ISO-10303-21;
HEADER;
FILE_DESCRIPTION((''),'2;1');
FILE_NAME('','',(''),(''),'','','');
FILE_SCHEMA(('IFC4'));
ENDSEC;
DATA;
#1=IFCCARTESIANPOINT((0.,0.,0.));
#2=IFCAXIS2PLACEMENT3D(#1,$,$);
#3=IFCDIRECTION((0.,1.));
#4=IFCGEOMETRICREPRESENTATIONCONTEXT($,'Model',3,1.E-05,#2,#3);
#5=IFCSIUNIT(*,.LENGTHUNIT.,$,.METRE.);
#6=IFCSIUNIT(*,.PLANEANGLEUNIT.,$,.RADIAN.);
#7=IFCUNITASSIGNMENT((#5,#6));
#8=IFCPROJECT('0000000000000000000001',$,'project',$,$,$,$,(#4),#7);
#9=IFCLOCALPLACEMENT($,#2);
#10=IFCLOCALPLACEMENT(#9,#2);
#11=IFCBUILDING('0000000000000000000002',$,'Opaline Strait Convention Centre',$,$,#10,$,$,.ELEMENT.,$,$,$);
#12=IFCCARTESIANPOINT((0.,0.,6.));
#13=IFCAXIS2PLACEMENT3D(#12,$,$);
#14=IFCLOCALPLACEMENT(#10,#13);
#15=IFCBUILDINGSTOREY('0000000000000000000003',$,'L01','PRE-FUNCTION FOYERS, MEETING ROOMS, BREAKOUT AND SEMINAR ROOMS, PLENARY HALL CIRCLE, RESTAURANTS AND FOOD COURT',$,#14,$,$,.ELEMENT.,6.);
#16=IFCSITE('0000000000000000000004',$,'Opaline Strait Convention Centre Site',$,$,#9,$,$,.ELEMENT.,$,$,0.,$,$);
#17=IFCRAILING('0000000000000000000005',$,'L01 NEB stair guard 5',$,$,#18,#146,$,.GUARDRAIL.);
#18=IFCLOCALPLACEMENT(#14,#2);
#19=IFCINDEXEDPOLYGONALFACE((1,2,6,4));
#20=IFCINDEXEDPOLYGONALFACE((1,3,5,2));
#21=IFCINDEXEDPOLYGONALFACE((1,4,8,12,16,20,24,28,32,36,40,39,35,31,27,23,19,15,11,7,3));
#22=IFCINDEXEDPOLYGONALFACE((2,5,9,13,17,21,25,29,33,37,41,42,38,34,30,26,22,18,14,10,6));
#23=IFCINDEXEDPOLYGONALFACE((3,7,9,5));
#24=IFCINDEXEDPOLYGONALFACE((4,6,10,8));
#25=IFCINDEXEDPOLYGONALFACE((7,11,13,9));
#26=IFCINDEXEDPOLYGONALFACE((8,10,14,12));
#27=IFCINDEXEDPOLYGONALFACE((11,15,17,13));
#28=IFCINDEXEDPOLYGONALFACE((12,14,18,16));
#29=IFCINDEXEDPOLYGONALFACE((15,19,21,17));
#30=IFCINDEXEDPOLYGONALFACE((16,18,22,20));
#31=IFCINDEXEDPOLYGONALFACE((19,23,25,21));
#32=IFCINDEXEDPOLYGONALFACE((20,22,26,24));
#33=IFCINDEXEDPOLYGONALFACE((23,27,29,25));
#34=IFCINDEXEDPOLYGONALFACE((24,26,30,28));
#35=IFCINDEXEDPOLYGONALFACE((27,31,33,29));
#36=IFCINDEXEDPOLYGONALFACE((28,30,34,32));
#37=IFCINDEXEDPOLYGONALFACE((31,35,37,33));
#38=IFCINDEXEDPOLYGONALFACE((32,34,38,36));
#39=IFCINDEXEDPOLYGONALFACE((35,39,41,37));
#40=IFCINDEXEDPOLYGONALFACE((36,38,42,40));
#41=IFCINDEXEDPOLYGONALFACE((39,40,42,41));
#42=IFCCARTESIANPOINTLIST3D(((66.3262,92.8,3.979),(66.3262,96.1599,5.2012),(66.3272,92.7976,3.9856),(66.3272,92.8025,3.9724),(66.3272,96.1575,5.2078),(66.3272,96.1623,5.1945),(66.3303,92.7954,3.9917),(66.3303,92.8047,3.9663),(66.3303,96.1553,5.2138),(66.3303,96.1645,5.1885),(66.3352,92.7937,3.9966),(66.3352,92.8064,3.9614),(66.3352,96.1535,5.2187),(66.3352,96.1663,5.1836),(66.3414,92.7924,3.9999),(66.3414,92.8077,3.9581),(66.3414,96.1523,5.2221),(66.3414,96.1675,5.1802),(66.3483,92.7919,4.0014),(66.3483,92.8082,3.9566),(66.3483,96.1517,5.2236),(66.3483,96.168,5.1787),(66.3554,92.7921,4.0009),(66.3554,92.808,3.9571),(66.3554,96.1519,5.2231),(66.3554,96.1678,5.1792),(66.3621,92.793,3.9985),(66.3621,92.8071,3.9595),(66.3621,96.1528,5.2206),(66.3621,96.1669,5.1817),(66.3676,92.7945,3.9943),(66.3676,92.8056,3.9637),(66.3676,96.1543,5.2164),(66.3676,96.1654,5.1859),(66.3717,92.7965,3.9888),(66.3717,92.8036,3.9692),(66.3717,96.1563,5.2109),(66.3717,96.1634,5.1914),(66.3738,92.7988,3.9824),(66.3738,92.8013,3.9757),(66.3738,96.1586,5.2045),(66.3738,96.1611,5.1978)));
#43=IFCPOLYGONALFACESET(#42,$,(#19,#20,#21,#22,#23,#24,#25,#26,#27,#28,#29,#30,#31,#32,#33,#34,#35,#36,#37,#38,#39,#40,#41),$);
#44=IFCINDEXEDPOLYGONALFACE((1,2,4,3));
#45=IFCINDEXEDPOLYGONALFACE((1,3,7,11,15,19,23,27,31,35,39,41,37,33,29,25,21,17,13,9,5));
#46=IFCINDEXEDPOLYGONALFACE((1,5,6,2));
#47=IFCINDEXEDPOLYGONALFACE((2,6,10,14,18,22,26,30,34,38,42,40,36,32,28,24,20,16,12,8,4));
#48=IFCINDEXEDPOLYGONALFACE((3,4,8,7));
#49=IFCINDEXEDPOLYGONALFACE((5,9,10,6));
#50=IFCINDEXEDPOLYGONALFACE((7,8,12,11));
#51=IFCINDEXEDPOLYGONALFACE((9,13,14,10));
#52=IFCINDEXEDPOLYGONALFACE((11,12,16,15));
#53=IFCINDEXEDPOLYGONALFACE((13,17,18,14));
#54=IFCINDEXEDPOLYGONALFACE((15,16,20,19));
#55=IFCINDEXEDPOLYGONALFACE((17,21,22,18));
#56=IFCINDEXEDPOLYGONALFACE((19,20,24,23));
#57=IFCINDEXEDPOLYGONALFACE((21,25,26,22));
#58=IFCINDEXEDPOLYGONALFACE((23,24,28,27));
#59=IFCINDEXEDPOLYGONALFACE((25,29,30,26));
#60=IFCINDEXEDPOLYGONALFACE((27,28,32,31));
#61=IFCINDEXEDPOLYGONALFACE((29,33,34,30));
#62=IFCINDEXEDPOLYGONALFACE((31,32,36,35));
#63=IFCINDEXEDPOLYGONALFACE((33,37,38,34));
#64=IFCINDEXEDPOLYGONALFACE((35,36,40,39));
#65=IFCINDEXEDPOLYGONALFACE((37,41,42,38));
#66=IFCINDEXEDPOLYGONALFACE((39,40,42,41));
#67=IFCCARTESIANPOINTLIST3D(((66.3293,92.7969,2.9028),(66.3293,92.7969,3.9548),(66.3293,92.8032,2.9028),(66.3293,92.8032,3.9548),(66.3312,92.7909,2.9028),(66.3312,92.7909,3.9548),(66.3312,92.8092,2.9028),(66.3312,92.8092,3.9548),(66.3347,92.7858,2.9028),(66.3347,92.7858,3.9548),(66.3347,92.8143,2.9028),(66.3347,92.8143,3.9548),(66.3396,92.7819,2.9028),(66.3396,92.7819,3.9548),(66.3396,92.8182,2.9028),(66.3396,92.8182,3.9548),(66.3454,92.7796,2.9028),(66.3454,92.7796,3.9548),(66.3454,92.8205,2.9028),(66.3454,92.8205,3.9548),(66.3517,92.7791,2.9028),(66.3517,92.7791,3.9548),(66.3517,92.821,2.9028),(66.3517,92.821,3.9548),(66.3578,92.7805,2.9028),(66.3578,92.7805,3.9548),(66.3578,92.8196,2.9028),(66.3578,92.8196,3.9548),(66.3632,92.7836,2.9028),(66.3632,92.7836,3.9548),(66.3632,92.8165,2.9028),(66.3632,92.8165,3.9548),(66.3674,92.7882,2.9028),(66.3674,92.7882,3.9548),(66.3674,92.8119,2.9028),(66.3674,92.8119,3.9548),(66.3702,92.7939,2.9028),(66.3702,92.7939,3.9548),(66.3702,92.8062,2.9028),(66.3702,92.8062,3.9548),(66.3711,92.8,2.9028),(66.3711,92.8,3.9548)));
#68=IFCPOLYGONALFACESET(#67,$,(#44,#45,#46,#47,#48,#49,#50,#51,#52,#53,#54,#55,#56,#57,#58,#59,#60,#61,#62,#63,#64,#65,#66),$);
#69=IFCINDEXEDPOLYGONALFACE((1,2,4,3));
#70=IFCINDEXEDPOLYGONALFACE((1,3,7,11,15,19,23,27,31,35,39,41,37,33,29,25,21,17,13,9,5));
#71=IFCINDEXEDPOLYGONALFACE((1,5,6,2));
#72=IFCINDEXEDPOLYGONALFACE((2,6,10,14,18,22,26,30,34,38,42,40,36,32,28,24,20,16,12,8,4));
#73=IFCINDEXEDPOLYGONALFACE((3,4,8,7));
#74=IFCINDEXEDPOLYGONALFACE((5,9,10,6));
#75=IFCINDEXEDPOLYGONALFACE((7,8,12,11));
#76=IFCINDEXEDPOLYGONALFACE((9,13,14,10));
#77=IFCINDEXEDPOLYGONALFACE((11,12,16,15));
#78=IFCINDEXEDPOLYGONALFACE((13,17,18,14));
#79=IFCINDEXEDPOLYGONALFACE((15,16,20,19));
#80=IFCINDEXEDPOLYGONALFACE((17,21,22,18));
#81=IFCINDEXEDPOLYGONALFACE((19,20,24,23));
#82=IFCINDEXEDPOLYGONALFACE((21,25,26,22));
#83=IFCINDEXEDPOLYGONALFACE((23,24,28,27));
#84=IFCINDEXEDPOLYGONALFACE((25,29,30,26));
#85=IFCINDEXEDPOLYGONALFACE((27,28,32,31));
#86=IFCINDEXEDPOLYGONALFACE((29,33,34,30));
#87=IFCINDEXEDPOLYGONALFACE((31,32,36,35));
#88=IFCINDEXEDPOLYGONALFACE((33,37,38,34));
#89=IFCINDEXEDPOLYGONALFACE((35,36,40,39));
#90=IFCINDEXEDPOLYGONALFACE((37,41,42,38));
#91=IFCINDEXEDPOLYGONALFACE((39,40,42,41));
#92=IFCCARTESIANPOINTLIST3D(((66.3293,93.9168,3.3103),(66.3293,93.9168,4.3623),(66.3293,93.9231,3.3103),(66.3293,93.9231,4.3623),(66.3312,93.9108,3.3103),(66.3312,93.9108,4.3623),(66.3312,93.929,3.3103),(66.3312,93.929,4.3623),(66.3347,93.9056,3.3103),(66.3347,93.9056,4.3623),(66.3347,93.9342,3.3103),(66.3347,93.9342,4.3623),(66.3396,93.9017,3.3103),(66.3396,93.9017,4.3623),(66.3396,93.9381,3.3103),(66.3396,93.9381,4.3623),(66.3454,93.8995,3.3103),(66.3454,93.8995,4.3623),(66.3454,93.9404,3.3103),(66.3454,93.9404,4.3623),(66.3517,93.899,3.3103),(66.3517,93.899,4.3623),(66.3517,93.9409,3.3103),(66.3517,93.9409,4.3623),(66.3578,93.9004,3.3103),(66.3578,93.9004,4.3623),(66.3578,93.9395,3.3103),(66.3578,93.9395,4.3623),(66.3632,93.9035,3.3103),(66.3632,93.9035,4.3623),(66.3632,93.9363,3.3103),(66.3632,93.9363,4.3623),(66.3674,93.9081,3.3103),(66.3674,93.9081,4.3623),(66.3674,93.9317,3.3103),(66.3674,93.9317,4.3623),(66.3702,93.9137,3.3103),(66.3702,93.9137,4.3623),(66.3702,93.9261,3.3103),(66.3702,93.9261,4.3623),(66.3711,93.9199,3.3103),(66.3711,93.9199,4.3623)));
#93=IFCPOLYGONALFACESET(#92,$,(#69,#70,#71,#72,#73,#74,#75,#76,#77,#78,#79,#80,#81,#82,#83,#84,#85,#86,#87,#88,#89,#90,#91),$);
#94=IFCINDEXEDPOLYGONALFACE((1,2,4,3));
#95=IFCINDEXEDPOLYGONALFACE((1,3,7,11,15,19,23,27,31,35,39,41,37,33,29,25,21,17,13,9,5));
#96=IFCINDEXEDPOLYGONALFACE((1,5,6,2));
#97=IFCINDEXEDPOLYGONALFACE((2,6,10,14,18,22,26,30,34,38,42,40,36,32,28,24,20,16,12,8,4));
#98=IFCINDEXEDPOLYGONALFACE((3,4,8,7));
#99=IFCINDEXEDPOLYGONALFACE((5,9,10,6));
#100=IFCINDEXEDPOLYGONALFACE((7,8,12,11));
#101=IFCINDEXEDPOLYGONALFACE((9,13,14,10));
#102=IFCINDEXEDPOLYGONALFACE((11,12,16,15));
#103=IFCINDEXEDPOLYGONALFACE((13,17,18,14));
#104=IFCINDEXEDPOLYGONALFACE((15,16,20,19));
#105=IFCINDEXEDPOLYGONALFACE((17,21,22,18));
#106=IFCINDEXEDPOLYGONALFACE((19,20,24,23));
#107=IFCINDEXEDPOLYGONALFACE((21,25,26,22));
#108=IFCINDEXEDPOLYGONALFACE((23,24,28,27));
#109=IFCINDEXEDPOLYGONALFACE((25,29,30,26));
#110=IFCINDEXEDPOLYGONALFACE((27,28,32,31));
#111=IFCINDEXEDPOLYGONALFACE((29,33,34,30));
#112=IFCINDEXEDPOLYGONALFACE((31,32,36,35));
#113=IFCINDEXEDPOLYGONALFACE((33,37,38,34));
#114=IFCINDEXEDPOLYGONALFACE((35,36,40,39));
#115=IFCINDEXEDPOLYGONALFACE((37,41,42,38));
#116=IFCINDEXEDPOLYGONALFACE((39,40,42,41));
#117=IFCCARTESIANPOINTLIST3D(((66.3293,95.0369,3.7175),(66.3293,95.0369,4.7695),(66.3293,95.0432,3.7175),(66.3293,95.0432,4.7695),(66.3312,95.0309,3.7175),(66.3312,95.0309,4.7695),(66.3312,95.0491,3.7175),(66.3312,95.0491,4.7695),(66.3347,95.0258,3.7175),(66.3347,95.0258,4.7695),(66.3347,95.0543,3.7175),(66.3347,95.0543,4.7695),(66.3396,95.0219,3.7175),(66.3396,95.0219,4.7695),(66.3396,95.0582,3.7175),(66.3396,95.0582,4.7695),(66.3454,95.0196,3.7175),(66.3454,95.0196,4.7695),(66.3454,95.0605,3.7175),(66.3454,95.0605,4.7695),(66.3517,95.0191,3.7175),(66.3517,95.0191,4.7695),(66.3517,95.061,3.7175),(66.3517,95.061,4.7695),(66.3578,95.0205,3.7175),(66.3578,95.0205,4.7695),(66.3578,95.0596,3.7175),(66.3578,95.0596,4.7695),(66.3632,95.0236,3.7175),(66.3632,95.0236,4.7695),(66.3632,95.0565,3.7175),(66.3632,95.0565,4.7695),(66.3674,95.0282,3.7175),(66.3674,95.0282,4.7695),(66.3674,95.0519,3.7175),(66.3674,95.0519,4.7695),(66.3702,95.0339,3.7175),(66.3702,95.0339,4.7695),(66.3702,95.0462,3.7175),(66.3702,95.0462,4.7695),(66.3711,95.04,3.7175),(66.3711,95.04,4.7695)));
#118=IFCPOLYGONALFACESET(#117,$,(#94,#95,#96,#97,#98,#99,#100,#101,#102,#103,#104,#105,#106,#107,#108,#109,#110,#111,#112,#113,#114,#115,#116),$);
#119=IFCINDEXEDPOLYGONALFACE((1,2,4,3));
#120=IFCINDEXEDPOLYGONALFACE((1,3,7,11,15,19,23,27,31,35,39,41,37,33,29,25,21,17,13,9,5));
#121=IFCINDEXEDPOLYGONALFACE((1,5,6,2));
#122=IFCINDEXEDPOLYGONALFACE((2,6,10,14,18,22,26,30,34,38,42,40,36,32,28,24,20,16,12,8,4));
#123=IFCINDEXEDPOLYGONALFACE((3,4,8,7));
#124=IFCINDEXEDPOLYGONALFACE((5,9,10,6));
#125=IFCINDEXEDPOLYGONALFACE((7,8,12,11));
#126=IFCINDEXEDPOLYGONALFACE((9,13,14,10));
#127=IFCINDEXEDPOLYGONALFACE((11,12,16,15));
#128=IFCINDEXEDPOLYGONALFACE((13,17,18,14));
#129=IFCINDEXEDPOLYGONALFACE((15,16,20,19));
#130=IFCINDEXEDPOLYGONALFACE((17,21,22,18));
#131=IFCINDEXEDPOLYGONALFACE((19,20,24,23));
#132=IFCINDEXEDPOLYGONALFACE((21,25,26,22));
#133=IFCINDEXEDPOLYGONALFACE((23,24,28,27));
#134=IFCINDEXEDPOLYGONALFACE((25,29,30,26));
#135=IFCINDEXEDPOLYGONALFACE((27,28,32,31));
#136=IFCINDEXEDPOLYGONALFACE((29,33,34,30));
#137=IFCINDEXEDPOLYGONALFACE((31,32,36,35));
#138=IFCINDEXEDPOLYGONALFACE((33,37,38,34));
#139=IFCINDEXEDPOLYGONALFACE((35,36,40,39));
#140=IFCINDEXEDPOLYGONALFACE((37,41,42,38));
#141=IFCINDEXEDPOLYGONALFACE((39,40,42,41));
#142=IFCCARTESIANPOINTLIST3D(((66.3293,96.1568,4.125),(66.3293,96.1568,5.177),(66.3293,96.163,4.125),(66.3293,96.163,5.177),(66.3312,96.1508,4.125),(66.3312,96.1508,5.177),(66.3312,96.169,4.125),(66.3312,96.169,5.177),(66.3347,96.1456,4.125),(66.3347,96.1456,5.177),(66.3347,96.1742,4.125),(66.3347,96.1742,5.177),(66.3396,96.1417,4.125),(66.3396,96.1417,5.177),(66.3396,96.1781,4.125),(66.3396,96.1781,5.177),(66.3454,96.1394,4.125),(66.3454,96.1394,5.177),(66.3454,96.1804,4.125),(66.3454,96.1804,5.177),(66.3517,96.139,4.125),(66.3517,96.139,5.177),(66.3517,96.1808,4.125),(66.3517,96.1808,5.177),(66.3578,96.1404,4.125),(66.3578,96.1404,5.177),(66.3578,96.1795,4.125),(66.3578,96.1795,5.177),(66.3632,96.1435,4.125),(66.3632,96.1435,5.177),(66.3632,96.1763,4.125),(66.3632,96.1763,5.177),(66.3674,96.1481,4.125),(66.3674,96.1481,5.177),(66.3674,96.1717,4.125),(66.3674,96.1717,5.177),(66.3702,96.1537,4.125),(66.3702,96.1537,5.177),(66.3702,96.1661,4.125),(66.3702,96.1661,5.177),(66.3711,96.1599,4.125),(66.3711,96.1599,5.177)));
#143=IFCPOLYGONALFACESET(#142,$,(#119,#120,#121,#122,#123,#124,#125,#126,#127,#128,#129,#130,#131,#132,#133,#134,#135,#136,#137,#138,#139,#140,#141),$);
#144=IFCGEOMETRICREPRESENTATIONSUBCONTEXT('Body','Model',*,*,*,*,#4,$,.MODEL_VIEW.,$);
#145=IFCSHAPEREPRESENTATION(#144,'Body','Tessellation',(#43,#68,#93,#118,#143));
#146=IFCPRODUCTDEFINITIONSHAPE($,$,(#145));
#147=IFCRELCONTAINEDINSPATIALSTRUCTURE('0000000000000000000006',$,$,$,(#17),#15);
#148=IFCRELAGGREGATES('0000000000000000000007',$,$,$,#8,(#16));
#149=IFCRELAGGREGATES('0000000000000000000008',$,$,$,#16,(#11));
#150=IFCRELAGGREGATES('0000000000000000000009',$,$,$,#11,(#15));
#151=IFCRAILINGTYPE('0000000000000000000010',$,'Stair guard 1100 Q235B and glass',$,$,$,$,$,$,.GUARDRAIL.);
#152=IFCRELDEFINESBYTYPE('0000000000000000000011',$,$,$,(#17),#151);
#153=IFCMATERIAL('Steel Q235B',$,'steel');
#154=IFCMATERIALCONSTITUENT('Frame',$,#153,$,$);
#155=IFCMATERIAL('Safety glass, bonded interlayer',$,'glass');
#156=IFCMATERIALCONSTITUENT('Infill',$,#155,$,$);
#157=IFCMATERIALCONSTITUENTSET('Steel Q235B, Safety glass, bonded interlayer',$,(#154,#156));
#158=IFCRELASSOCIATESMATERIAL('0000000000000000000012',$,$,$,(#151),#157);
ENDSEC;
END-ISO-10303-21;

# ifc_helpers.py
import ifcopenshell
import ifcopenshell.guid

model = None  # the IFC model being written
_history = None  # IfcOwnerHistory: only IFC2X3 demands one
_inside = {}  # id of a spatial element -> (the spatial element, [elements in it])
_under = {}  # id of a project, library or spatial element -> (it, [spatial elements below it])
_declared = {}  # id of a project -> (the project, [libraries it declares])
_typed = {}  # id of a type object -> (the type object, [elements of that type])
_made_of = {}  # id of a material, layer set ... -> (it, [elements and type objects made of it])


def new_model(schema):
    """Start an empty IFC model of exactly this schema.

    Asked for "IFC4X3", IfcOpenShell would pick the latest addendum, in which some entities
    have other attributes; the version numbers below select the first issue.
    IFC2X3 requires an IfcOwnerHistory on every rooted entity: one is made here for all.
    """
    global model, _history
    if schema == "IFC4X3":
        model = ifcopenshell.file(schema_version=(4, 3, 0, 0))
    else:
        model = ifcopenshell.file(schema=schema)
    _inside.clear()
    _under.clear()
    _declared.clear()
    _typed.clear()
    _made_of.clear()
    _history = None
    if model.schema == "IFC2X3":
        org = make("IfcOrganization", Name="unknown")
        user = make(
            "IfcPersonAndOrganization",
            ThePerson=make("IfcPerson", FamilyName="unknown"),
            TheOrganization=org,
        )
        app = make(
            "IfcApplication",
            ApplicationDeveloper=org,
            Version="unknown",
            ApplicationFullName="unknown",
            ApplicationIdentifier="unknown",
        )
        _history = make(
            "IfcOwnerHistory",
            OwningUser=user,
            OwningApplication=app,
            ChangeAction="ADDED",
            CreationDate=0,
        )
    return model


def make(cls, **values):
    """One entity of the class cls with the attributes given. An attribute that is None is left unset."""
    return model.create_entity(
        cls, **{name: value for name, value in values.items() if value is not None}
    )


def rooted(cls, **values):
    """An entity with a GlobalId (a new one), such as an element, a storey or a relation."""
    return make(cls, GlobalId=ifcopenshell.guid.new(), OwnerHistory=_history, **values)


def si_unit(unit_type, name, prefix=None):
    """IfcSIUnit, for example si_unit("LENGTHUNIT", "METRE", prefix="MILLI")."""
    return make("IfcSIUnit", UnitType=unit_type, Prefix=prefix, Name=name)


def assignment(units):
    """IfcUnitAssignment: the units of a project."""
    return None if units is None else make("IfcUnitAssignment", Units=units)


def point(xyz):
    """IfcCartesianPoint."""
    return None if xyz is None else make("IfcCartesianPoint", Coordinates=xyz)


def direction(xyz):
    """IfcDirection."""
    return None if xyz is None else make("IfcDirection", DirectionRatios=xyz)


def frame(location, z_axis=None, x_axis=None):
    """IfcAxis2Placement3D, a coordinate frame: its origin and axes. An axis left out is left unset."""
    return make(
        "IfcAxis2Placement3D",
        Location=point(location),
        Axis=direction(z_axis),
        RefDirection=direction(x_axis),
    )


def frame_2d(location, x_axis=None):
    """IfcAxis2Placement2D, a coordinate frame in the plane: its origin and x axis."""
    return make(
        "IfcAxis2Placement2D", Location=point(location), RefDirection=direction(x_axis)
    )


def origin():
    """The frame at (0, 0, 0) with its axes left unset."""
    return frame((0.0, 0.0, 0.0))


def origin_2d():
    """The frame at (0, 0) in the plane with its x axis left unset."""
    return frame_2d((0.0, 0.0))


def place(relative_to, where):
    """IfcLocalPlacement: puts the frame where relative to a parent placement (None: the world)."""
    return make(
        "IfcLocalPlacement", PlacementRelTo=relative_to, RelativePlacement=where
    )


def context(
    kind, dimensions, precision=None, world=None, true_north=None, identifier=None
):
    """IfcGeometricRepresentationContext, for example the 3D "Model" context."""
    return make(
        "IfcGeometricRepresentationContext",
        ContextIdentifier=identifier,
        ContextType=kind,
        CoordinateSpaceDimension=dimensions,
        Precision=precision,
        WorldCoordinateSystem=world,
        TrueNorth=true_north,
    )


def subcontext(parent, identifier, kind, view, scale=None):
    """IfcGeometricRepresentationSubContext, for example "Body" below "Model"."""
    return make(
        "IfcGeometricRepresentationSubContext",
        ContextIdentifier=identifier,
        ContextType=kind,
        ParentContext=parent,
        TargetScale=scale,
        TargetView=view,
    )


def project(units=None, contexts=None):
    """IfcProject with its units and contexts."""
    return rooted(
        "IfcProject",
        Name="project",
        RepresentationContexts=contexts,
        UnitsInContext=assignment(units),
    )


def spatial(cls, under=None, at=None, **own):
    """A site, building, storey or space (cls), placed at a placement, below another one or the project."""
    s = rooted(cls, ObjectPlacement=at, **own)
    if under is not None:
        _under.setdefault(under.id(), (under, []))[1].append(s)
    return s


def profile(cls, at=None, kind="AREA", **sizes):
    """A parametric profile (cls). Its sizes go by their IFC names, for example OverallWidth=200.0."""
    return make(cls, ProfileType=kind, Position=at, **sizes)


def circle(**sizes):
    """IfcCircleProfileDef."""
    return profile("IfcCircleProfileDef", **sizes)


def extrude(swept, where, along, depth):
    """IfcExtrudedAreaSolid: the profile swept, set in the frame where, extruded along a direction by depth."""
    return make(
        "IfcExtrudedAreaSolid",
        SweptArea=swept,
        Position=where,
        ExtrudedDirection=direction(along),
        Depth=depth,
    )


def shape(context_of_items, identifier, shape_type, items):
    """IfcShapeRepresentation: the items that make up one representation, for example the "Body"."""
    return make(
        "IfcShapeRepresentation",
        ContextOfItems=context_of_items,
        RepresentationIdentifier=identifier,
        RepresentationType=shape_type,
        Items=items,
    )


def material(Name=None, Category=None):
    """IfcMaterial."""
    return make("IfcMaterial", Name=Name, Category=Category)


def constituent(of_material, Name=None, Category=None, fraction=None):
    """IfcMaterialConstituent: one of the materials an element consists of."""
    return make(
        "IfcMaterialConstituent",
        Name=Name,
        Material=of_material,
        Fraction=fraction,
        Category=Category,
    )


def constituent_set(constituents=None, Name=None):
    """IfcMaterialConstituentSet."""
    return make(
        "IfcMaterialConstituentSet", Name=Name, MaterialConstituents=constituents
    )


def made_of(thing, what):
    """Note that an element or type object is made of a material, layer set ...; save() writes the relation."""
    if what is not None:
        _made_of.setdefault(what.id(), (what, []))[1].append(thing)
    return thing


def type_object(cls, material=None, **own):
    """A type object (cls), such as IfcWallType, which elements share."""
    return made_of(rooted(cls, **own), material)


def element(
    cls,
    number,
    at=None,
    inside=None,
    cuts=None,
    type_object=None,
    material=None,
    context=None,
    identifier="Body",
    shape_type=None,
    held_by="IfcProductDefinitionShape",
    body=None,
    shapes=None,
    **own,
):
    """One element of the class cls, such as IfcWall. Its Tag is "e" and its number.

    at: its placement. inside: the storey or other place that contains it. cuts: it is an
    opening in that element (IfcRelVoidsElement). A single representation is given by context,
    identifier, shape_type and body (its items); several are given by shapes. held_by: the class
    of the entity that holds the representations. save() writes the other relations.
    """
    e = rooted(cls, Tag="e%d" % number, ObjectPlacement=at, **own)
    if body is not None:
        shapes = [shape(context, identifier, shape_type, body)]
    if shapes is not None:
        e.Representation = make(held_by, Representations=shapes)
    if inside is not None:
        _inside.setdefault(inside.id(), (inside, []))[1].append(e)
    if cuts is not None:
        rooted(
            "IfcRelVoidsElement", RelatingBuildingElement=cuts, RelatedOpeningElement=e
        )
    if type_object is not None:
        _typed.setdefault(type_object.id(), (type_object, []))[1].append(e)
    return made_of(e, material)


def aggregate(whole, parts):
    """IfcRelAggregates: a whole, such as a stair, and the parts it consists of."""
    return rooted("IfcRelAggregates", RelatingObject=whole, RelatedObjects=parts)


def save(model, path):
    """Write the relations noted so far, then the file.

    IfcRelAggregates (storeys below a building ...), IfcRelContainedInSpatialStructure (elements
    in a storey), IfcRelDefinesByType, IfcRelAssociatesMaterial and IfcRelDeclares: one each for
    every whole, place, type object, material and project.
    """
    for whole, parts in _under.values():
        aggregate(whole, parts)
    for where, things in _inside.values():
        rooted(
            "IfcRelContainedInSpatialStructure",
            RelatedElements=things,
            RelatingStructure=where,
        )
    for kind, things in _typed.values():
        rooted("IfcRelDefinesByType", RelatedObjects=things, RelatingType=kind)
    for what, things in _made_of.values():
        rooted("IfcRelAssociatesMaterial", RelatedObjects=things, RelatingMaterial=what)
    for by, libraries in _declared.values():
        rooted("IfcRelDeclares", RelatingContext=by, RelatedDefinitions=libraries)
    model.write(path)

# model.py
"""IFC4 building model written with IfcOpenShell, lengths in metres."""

from ifc_helpers import new_model, si_unit, direction, frame, origin, origin_2d, place, context, subcontext, project, spatial, circle, extrude, material, constituent, constituent_set, type_object, element, save


model = new_model("IFC4")

# Units and contexts
model_context = context("Model", 3, precision=1e-05, world=origin(), true_north=direction((0.0, 1.0)))
body_context = subcontext(model_context, "Body", "Model", "MODEL_VIEW")
ifc_project = project(units=[si_unit("LENGTHUNIT", "METRE"), si_unit("PLANEANGLEUNIT", "RADIAN")], contexts=[model_context])

# Site, building, storey
site_placement = place(None, origin())
site = spatial("IfcSite", under=ifc_project, at=site_placement, Name="Opaline Strait Convention Centre Site", CompositionType="ELEMENT", RefElevation=0.0)
building_placement = place(site_placement, origin())
building = spatial("IfcBuilding", under=site, at=building_placement, Name="Opaline Strait Convention Centre", CompositionType="ELEMENT")
storey_placement = place(building_placement, frame((0.0, 0.0, 6.0)))
storey = spatial("IfcBuildingStorey", under=building, at=storey_placement, Name="L01", Description="PRE-FUNCTION FOYERS, MEETING ROOMS, BREAKOUT AND SEMINAR ROOMS, PLENARY HALL CIRCLE, RESTAURANTS AND FOOD COURT", CompositionType="ELEMENT", Elevation=6.0)

# Railing
ifc_material_1 = material(Name="Steel Q235B", Category="steel")
ifc_constituent_1 = constituent(ifc_material_1, Name="Frame")
ifc_material_2 = material(Name="Safety glass, bonded interlayer", Category="glass")
ifc_constituent_2 = constituent(ifc_material_2, Name="Infill")
ifc_constituent_set = constituent_set(constituents=[ifc_constituent_1, ifc_constituent_2], Name="Steel Q235B, Safety glass, bonded interlayer")
railing_type_1 = type_object("IfcRailingType", Name="Stair guard 1100 Q235B and glass", PredefinedType="GUARDRAIL", material=ifc_constituent_set)
railing_1_placement = place(storey_placement, frame((66.3501, 92.8, 2.9028)))
element("IfcRailing", 1, at=railing_1_placement, inside=storey, type_object=railing_type_1, Name="L01 NEB stair guard 5", PredefinedType="GUARDRAIL", context=body_context, shape_type="SweptSolid", body=[
    extrude(circle(Radius=0.0239, at=origin_2d()), frame((0.0, 0.0, 1.0762), z_axis=(0.0, 0.939758, 0.341842), x_axis=(-1.0, 0.0, 0.0)), (0.0, 0.0, 1.0), 3.5752),
    extrude(circle(Radius=0.021, at=origin_2d()), origin(), (0.0, 0.0, 1.0), 1.052),
    extrude(circle(Radius=0.021, at=origin_2d()), frame((0.0, 1.1199, 0.4075)), (0.0, 0.0, 1.0), 1.052),
    extrude(circle(Radius=0.021, at=origin_2d()), frame((0.0, 2.24, 0.8147)), (0.0, 0.0, 1.0), 1.052),
    extrude(circle(Radius=0.021, at=origin_2d()), frame((0.0, 3.3599, 1.2222)), (0.0, 0.0, 1.0), 1.052),
])

save(model, "model.ifc")
